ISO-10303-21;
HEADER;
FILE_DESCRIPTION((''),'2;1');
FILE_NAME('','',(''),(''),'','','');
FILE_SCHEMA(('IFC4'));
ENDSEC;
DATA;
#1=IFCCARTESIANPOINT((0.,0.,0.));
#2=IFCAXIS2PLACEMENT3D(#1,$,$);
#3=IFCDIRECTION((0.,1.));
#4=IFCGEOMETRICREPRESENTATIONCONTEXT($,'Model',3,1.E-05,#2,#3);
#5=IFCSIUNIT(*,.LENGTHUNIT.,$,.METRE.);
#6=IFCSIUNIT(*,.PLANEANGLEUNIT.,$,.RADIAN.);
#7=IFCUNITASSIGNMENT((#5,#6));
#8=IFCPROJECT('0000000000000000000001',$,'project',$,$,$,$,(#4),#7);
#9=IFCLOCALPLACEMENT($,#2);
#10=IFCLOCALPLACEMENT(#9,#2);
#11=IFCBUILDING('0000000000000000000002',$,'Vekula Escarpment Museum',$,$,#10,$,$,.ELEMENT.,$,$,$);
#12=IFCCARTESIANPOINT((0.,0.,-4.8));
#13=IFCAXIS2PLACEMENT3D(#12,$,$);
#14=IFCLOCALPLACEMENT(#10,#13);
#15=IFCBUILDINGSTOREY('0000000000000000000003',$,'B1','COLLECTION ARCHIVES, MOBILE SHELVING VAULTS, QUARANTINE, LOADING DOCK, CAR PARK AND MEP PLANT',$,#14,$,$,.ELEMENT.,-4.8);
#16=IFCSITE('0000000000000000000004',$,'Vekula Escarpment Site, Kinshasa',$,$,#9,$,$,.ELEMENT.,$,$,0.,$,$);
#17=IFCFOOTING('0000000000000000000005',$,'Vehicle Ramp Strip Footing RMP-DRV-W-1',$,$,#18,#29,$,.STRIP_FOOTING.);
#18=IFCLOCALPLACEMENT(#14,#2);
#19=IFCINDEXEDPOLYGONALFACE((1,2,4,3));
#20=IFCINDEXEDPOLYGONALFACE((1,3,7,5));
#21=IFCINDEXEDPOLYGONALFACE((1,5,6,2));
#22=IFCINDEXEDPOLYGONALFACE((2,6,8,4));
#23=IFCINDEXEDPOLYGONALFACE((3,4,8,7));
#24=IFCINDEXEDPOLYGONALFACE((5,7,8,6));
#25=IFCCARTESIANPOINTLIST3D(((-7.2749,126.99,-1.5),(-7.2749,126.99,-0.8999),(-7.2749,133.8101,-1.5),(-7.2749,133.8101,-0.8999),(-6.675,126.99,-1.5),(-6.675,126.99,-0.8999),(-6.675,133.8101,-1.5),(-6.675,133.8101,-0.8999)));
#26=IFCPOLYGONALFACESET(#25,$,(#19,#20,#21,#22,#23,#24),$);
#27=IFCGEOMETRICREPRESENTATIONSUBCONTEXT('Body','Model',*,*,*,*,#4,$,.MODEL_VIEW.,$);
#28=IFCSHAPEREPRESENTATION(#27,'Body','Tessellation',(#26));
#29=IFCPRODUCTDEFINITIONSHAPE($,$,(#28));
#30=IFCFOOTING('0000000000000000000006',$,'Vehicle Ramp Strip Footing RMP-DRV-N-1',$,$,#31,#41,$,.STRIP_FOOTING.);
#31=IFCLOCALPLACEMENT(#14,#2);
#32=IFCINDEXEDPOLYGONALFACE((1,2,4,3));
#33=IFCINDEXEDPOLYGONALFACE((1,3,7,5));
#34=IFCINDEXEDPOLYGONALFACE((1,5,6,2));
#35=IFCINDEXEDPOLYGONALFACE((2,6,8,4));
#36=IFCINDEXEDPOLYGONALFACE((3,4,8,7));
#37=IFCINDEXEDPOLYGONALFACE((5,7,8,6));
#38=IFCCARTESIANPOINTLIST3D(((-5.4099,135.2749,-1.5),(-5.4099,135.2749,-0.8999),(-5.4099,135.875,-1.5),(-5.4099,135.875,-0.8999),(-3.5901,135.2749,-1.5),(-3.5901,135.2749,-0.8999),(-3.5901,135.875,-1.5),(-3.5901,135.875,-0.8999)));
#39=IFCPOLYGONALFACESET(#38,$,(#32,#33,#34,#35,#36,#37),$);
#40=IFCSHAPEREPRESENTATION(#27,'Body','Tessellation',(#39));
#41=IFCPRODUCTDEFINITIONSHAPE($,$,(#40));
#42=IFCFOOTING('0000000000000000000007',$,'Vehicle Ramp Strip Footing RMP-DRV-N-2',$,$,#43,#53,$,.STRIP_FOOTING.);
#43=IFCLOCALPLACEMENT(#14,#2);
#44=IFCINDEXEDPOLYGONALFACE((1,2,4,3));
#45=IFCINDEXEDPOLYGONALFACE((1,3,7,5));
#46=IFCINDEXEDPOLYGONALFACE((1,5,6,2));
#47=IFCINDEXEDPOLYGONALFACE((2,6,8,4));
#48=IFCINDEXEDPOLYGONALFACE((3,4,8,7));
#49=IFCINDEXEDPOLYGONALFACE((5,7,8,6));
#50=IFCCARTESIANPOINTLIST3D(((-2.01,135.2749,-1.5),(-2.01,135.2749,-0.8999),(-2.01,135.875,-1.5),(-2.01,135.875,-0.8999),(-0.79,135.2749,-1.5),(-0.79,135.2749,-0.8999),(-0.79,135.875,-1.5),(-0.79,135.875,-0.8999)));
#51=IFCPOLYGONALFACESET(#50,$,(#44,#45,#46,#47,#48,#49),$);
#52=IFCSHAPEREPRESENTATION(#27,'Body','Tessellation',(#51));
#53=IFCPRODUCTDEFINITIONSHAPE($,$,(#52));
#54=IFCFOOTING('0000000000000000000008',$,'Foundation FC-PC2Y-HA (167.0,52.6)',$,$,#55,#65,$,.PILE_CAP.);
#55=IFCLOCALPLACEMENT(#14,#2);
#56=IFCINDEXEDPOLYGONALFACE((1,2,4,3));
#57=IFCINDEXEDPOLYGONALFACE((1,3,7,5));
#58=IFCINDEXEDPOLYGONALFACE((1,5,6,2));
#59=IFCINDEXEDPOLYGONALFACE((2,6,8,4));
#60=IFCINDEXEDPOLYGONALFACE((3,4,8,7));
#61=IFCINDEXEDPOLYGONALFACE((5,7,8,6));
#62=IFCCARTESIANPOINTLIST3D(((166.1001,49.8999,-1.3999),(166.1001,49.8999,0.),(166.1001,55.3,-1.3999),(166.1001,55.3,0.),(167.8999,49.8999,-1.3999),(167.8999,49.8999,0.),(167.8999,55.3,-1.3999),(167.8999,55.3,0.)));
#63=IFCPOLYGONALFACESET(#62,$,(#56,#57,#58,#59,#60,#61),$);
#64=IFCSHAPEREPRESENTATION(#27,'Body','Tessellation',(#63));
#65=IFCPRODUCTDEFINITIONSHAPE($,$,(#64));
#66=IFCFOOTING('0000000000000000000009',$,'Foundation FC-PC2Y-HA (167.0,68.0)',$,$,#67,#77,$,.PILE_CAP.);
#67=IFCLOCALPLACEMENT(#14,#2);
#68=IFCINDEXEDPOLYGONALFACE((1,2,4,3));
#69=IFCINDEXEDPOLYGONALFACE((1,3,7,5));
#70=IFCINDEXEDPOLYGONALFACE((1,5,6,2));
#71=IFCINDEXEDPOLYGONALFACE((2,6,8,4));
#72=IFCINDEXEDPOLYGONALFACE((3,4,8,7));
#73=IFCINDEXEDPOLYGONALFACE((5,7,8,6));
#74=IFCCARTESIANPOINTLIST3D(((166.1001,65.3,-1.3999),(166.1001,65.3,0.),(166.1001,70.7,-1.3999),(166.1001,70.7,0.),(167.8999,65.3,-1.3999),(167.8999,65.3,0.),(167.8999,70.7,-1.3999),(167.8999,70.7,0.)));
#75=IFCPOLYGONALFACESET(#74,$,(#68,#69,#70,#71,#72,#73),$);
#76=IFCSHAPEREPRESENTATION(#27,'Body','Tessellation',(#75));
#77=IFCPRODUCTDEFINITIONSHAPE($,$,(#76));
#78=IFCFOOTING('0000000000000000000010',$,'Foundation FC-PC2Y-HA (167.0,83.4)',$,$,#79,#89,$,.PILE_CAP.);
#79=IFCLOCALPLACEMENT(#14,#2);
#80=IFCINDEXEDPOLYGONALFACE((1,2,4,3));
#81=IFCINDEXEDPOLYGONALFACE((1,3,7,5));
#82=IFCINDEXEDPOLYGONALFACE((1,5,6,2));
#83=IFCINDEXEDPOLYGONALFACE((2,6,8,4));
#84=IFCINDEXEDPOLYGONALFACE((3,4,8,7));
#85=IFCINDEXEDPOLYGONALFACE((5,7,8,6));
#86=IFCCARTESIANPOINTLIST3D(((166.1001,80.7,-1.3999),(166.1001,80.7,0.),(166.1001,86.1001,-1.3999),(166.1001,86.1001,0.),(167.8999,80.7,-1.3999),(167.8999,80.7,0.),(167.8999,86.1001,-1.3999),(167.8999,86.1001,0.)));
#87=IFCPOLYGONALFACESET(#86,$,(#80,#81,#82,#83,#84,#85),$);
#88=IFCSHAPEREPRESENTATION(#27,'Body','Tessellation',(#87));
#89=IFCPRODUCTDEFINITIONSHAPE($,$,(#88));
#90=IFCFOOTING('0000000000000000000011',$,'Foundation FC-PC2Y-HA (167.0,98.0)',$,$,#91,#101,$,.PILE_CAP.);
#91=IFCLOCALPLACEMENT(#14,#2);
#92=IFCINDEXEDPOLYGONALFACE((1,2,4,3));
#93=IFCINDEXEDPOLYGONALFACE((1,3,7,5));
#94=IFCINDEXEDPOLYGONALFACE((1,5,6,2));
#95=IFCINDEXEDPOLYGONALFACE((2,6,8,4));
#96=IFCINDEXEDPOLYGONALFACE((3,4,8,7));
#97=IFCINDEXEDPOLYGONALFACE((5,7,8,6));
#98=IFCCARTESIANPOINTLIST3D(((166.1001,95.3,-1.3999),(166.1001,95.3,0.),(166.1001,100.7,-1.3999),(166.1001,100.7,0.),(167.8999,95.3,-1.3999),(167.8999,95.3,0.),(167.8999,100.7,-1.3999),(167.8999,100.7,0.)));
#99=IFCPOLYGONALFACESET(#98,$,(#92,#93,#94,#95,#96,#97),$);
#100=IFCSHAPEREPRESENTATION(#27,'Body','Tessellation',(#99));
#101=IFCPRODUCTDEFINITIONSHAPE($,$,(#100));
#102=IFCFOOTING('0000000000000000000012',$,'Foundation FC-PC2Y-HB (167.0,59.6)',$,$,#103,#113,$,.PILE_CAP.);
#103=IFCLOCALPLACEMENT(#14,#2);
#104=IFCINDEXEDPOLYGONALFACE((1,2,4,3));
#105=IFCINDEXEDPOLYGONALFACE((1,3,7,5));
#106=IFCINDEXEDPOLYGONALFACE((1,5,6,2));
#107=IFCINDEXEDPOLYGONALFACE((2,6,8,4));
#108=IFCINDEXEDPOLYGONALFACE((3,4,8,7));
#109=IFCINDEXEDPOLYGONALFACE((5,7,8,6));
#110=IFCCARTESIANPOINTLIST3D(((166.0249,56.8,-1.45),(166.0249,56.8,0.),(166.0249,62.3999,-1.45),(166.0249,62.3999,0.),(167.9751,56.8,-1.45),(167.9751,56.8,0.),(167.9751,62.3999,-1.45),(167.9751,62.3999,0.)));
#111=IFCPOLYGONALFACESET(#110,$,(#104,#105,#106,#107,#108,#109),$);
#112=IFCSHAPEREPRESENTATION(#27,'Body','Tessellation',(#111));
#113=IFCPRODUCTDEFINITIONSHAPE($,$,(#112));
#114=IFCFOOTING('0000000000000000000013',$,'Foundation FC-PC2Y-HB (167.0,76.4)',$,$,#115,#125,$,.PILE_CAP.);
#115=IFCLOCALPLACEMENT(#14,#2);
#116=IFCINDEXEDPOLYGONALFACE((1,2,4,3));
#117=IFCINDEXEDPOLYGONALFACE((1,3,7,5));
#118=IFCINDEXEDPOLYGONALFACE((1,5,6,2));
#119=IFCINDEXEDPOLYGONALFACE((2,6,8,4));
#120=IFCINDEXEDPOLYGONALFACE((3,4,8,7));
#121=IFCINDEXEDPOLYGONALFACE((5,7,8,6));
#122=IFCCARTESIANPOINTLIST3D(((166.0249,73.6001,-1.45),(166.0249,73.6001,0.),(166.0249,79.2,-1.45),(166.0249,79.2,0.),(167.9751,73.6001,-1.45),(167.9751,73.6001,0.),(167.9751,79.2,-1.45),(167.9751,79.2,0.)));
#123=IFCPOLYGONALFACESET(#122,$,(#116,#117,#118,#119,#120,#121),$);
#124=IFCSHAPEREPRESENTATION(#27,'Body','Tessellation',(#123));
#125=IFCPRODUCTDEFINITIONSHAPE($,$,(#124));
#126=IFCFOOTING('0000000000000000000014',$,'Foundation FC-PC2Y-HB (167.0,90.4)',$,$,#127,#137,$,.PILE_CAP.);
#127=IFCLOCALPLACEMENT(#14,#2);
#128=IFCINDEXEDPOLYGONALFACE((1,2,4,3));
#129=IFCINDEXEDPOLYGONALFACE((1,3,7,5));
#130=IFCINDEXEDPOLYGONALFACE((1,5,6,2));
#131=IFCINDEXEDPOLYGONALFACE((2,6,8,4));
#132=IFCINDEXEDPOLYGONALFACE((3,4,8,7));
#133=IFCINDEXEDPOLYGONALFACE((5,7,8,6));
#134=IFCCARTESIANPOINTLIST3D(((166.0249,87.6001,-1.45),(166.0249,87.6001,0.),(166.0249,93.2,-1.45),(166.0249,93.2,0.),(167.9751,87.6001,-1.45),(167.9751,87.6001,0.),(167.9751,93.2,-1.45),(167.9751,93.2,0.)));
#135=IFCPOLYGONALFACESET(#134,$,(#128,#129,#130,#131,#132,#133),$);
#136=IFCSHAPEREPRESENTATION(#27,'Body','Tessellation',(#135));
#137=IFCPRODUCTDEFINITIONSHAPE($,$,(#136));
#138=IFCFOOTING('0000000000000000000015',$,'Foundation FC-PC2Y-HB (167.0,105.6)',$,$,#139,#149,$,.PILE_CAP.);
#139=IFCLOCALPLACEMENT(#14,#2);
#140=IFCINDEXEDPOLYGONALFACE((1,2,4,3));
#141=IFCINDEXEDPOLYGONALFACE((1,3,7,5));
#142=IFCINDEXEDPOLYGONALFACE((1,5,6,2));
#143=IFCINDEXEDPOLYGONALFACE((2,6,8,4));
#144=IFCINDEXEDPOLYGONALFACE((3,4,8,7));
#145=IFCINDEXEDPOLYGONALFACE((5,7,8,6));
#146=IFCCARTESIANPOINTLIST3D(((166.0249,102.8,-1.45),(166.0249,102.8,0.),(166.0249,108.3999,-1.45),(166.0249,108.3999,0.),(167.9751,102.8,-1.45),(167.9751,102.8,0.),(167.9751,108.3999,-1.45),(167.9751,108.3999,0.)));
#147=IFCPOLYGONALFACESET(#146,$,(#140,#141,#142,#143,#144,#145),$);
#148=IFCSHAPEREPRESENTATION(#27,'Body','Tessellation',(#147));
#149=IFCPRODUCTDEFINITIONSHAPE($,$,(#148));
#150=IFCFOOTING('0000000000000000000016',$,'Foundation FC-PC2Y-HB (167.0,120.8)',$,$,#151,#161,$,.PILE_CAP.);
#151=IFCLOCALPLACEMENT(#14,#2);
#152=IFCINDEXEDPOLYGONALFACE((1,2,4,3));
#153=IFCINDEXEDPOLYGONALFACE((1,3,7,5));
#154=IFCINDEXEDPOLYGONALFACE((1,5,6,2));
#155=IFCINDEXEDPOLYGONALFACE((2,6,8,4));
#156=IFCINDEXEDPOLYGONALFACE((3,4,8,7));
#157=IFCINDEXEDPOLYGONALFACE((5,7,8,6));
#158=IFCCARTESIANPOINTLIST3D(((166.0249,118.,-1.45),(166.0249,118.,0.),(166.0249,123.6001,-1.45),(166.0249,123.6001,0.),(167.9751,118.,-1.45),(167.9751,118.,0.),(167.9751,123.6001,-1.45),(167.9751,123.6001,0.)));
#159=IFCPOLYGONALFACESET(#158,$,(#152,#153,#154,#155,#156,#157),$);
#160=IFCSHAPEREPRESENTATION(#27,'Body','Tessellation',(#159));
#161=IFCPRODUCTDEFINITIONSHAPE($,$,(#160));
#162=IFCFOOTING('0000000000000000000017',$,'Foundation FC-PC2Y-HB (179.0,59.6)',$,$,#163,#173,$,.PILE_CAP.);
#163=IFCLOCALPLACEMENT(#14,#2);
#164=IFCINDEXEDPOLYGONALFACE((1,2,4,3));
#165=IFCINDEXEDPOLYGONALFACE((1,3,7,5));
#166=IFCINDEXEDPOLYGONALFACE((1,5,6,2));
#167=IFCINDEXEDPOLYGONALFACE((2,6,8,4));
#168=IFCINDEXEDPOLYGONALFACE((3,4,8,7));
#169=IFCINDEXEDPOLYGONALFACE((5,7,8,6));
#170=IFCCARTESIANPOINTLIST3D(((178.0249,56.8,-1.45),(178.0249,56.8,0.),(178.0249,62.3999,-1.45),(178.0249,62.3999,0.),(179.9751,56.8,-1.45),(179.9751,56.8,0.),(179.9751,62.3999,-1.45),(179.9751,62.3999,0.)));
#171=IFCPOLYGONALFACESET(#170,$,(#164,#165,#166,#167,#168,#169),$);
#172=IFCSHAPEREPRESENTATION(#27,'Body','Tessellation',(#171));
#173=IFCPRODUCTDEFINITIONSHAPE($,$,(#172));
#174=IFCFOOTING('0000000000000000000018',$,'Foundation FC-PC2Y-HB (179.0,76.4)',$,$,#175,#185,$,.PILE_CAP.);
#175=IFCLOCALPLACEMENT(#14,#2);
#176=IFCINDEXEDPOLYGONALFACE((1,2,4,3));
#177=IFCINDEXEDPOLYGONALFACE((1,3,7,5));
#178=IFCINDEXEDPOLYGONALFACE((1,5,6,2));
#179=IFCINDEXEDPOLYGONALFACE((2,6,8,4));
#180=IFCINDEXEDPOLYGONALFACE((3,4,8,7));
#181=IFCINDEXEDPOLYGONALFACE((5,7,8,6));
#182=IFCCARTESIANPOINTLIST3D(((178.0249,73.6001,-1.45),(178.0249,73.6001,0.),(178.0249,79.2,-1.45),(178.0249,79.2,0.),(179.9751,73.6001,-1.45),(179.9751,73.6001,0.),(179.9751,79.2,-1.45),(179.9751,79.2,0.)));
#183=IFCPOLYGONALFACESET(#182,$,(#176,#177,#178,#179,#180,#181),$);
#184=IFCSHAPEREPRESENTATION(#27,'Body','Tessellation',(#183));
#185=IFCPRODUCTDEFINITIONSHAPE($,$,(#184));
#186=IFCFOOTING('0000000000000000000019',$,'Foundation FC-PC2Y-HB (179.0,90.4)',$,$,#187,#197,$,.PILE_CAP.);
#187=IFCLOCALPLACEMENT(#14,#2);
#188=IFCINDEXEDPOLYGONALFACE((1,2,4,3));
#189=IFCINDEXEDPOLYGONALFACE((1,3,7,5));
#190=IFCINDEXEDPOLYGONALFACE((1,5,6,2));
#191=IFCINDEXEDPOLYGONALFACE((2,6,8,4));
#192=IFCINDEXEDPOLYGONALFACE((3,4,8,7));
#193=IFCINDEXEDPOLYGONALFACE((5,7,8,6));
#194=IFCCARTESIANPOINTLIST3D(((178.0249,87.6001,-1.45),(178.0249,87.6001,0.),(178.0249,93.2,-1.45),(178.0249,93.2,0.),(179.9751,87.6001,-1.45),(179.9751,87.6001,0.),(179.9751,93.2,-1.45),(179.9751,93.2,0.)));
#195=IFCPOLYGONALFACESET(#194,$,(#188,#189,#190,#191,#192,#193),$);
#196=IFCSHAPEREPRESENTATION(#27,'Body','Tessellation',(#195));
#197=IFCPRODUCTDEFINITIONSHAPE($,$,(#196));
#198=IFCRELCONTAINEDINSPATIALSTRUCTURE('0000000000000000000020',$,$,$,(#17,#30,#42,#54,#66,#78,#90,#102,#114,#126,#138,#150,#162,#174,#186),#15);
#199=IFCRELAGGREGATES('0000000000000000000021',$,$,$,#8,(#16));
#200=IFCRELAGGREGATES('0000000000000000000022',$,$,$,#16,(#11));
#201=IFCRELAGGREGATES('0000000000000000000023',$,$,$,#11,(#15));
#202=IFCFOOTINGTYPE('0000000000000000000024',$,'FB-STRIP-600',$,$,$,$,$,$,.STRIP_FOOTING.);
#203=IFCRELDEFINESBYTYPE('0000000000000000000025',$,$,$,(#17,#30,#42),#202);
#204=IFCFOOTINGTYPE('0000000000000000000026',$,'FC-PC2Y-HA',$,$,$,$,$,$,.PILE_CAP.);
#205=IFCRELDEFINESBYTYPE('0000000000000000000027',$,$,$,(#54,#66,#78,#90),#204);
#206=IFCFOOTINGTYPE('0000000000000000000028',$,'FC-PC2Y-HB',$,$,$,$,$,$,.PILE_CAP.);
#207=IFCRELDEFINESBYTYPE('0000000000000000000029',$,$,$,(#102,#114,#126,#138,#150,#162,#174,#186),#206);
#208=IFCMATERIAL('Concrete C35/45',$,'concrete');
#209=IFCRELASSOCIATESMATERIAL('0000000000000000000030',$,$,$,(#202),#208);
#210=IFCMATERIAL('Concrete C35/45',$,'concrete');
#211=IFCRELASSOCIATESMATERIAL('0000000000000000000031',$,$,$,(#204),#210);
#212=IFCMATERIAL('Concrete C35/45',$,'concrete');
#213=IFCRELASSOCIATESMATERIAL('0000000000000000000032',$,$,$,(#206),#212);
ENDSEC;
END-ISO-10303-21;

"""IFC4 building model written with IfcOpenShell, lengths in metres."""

from ifc_helpers import new_model, si_unit, direction, frame, origin, place, context, subcontext, project, spatial, polyline, outline, extrude, material, type_object, element, save


model = new_model("IFC4")

# Units and contexts
model_context = context("Model", 3, precision=1e-05, world=origin(), true_north=direction((0.0, 1.0)))
body_context = subcontext(model_context, "Body", "Model", "MODEL_VIEW")
ifc_project = project(units=[si_unit("LENGTHUNIT", "METRE"), si_unit("PLANEANGLEUNIT", "RADIAN")], contexts=[model_context])

# Site, building, storey
site_placement = place(None, origin())
site = spatial("IfcSite", under=ifc_project, at=site_placement, Name="Vekula Escarpment Site, Kinshasa", CompositionType="ELEMENT", RefElevation=0.0)
building_placement = place(site_placement, origin())
building = spatial("IfcBuilding", under=site, at=building_placement, Name="Vekula Escarpment Museum", CompositionType="ELEMENT")
storey_placement = place(building_placement, frame((0.0, 0.0, -4.8)))
storey = spatial("IfcBuildingStorey", under=building, at=storey_placement, Name="B1", Description="COLLECTION ARCHIVES, MOBILE SHELVING VAULTS, QUARANTINE, LOADING DOCK, CAR PARK AND MEP PLANT", CompositionType="ELEMENT", Elevation=-4.8)

# Footings
ifc_material_1 = material(Name="Concrete C35/45", Category="concrete")
footing_type_1 = type_object("IfcFootingType", Name="FB-STRIP-600", PredefinedType="STRIP_FOOTING", material=ifc_material_1)
footing_1_placement = place(storey_placement, frame((0.0, 0.0, -1.5)))
element("IfcFooting", 1, at=footing_1_placement, inside=storey, type_object=footing_type_1, Name="Vehicle Ramp Strip Footing RMP-DRV-W-1", PredefinedType="STRIP_FOOTING", context=body_context, shape_type="SweptSolid", body=[
    extrude(outline(polyline([(-7.2749, 126.99), (-6.675, 126.99), (-6.675, 133.8101), (-7.2749, 133.8101), (-7.2749, 126.99)])), origin(), (0.0, 0.0, 1.0), 0.6001),
])
footing_2_placement = place(storey_placement, frame((0.0, 0.0, -1.5)))
element("IfcFooting", 2, at=footing_2_placement, inside=storey, type_object=footing_type_1, Name="Vehicle Ramp Strip Footing RMP-DRV-N-1", PredefinedType="STRIP_FOOTING", context=body_context, shape_type="SweptSolid", body=[
    extrude(outline(polyline([(-5.4099, 135.2749), (-3.5901, 135.2749), (-3.5901, 135.875), (-5.4099, 135.875), (-5.4099, 135.2749)])), origin(), (0.0, 0.0, 1.0), 0.6001),
])
footing_3_placement = place(storey_placement, frame((0.0, 0.0, -1.5)))
element("IfcFooting", 3, at=footing_3_placement, inside=storey, type_object=footing_type_1, Name="Vehicle Ramp Strip Footing RMP-DRV-N-2", PredefinedType="STRIP_FOOTING", context=body_context, shape_type="SweptSolid", body=[
    extrude(outline(polyline([(-2.01, 135.2749), (-0.79, 135.2749), (-0.79, 135.875), (-2.01, 135.875), (-2.01, 135.2749)])), origin(), (0.0, 0.0, 1.0), 0.6001),
])
ifc_material_2 = material(Name="Concrete C35/45", Category="concrete")
footing_type_2 = type_object("IfcFootingType", Name="FC-PC2Y-HA", PredefinedType="PILE_CAP", material=ifc_material_2)
footing_4_placement = place(storey_placement, frame((0.0, 0.0, -1.3999)))
element("IfcFooting", 4, at=footing_4_placement, inside=storey, type_object=footing_type_2, Name="Foundation FC-PC2Y-HA (167.0,52.6)", PredefinedType="PILE_CAP", context=body_context, shape_type="SweptSolid", body=[
    extrude(outline(polyline([(166.1001, 49.8999), (167.8999, 49.8999), (167.8999, 55.3), (166.1001, 55.3), (166.1001, 49.8999)])), origin(), (0.0, 0.0, 1.0), 1.3999),
])
footing_5_placement = place(storey_placement, frame((0.0, 0.0, -1.3999)))
element("IfcFooting", 5, at=footing_5_placement, inside=storey, type_object=footing_type_2, Name="Foundation FC-PC2Y-HA (167.0,68.0)", PredefinedType="PILE_CAP", context=body_context, shape_type="SweptSolid", body=[
    extrude(outline(polyline([(166.1001, 65.3), (167.8999, 65.3), (167.8999, 70.7), (166.1001, 70.7), (166.1001, 65.3)])), origin(), (0.0, 0.0, 1.0), 1.3999),
])
footing_6_placement = place(storey_placement, frame((0.0, 0.0, -1.3999)))
element("IfcFooting", 6, at=footing_6_placement, inside=storey, type_object=footing_type_2, Name="Foundation FC-PC2Y-HA (167.0,83.4)", PredefinedType="PILE_CAP", context=body_context, shape_type="SweptSolid", body=[
    extrude(outline(polyline([(166.1001, 80.7), (167.8999, 80.7), (167.8999, 86.1001), (166.1001, 86.1001), (166.1001, 80.7)])), origin(), (0.0, 0.0, 1.0), 1.3999),
])
footing_7_placement = place(storey_placement, frame((0.0, 0.0, -1.3999)))
element("IfcFooting", 7, at=footing_7_placement, inside=storey, type_object=footing_type_2, Name="Foundation FC-PC2Y-HA (167.0,98.0)", PredefinedType="PILE_CAP", context=body_context, shape_type="SweptSolid", body=[
    extrude(outline(polyline([(166.1001, 95.3), (167.8999, 95.3), (167.8999, 100.7), (166.1001, 100.7), (166.1001, 95.3)])), origin(), (0.0, 0.0, 1.0), 1.3999),
])
ifc_material_3 = material(Name="Concrete C35/45", Category="concrete")
footing_type_3 = type_object("IfcFootingType", Name="FC-PC2Y-HB", PredefinedType="PILE_CAP", material=ifc_material_3)
footing_8_placement = place(storey_placement, frame((0.0, 0.0, -1.45)))
element("IfcFooting", 8, at=footing_8_placement, inside=storey, type_object=footing_type_3, Name="Foundation FC-PC2Y-HB (167.0,59.6)", PredefinedType="PILE_CAP", context=body_context, shape_type="SweptSolid", body=[
    extrude(outline(polyline([(166.0249, 56.8), (167.9751, 56.8), (167.9751, 62.3999), (166.0249, 62.3999), (166.0249, 56.8)])), origin(), (0.0, 0.0, 1.0), 1.45),
])
footing_9_placement = place(storey_placement, frame((0.0, 0.0, -1.45)))
element("IfcFooting", 9, at=footing_9_placement, inside=storey, type_object=footing_type_3, Name="Foundation FC-PC2Y-HB (167.0,76.4)", PredefinedType="PILE_CAP", context=body_context, shape_type="SweptSolid", body=[
    extrude(outline(polyline([(166.0249, 73.6001), (167.9751, 73.6001), (167.9751, 79.2), (166.0249, 79.2), (166.0249, 73.6001)])), origin(), (0.0, 0.0, 1.0), 1.45),
])
footing_10_placement = place(storey_placement, frame((0.0, 0.0, -1.45)))
element("IfcFooting", 10, at=footing_10_placement, inside=storey, type_object=footing_type_3, Name="Foundation FC-PC2Y-HB (167.0,90.4)", PredefinedType="PILE_CAP", context=body_context, shape_type="SweptSolid", body=[
    extrude(outline(polyline([(166.0249, 87.6001), (167.9751, 87.6001), (167.9751, 93.2), (166.0249, 93.2), (166.0249, 87.6001)])), origin(), (0.0, 0.0, 1.0), 1.45),
])
footing_11_placement = place(storey_placement, frame((0.0, 0.0, -1.45)))
element("IfcFooting", 11, at=footing_11_placement, inside=storey, type_object=footing_type_3, Name="Foundation FC-PC2Y-HB (167.0,105.6)", PredefinedType="PILE_CAP", context=body_context, shape_type="SweptSolid", body=[
    extrude(outline(polyline([(166.0249, 102.8), (167.9751, 102.8), (167.9751, 108.3999), (166.0249, 108.3999), (166.0249, 102.8)])), origin(), (0.0, 0.0, 1.0), 1.45),
])
footing_12_placement = place(storey_placement, frame((0.0, 0.0, -1.45)))
element("IfcFooting", 12, at=footing_12_placement, inside=storey, type_object=footing_type_3, Name="Foundation FC-PC2Y-HB (167.0,120.8)", PredefinedType="PILE_CAP", context=body_context, shape_type="SweptSolid", body=[
    extrude(outline(polyline([(166.0249, 118.0), (167.9751, 118.0), (167.9751, 123.6001), (166.0249, 123.6001), (166.0249, 118.0)])), origin(), (0.0, 0.0, 1.0), 1.45),
])
footing_13_placement = place(storey_placement, frame((0.0, 0.0, -1.45)))
element("IfcFooting", 13, at=footing_13_placement, inside=storey, type_object=footing_type_3, Name="Foundation FC-PC2Y-HB (179.0,59.6)", PredefinedType="PILE_CAP", context=body_context, shape_type="SweptSolid", body=[
    extrude(outline(polyline([(178.0249, 56.8), (179.9751, 56.8), (179.9751, 62.3999), (178.0249, 62.3999), (178.0249, 56.8)])), origin(), (0.0, 0.0, 1.0), 1.45),
])
footing_14_placement = place(storey_placement, frame((0.0, 0.0, -1.45)))
element("IfcFooting", 14, at=footing_14_placement, inside=storey, type_object=footing_type_3, Name="Foundation FC-PC2Y-HB (179.0,76.4)", PredefinedType="PILE_CAP", context=body_context, shape_type="SweptSolid", body=[
    extrude(outline(polyline([(178.0249, 73.6001), (179.9751, 73.6001), (179.9751, 79.2), (178.0249, 79.2), (178.0249, 73.6001)])), origin(), (0.0, 0.0, 1.0), 1.45),
])
footing_15_placement = place(storey_placement, frame((0.0, 0.0, -1.45)))
element("IfcFooting", 15, at=footing_15_placement, inside=storey, type_object=footing_type_3, Name="Foundation FC-PC2Y-HB (179.0,90.4)", PredefinedType="PILE_CAP", context=body_context, shape_type="SweptSolid", body=[
    extrude(outline(polyline([(178.0249, 87.6001), (179.9751, 87.6001), (179.9751, 93.2), (178.0249, 93.2), (178.0249, 87.6001)])), origin(), (0.0, 0.0, 1.0), 1.45),
])

save(model, "model.ifc")
